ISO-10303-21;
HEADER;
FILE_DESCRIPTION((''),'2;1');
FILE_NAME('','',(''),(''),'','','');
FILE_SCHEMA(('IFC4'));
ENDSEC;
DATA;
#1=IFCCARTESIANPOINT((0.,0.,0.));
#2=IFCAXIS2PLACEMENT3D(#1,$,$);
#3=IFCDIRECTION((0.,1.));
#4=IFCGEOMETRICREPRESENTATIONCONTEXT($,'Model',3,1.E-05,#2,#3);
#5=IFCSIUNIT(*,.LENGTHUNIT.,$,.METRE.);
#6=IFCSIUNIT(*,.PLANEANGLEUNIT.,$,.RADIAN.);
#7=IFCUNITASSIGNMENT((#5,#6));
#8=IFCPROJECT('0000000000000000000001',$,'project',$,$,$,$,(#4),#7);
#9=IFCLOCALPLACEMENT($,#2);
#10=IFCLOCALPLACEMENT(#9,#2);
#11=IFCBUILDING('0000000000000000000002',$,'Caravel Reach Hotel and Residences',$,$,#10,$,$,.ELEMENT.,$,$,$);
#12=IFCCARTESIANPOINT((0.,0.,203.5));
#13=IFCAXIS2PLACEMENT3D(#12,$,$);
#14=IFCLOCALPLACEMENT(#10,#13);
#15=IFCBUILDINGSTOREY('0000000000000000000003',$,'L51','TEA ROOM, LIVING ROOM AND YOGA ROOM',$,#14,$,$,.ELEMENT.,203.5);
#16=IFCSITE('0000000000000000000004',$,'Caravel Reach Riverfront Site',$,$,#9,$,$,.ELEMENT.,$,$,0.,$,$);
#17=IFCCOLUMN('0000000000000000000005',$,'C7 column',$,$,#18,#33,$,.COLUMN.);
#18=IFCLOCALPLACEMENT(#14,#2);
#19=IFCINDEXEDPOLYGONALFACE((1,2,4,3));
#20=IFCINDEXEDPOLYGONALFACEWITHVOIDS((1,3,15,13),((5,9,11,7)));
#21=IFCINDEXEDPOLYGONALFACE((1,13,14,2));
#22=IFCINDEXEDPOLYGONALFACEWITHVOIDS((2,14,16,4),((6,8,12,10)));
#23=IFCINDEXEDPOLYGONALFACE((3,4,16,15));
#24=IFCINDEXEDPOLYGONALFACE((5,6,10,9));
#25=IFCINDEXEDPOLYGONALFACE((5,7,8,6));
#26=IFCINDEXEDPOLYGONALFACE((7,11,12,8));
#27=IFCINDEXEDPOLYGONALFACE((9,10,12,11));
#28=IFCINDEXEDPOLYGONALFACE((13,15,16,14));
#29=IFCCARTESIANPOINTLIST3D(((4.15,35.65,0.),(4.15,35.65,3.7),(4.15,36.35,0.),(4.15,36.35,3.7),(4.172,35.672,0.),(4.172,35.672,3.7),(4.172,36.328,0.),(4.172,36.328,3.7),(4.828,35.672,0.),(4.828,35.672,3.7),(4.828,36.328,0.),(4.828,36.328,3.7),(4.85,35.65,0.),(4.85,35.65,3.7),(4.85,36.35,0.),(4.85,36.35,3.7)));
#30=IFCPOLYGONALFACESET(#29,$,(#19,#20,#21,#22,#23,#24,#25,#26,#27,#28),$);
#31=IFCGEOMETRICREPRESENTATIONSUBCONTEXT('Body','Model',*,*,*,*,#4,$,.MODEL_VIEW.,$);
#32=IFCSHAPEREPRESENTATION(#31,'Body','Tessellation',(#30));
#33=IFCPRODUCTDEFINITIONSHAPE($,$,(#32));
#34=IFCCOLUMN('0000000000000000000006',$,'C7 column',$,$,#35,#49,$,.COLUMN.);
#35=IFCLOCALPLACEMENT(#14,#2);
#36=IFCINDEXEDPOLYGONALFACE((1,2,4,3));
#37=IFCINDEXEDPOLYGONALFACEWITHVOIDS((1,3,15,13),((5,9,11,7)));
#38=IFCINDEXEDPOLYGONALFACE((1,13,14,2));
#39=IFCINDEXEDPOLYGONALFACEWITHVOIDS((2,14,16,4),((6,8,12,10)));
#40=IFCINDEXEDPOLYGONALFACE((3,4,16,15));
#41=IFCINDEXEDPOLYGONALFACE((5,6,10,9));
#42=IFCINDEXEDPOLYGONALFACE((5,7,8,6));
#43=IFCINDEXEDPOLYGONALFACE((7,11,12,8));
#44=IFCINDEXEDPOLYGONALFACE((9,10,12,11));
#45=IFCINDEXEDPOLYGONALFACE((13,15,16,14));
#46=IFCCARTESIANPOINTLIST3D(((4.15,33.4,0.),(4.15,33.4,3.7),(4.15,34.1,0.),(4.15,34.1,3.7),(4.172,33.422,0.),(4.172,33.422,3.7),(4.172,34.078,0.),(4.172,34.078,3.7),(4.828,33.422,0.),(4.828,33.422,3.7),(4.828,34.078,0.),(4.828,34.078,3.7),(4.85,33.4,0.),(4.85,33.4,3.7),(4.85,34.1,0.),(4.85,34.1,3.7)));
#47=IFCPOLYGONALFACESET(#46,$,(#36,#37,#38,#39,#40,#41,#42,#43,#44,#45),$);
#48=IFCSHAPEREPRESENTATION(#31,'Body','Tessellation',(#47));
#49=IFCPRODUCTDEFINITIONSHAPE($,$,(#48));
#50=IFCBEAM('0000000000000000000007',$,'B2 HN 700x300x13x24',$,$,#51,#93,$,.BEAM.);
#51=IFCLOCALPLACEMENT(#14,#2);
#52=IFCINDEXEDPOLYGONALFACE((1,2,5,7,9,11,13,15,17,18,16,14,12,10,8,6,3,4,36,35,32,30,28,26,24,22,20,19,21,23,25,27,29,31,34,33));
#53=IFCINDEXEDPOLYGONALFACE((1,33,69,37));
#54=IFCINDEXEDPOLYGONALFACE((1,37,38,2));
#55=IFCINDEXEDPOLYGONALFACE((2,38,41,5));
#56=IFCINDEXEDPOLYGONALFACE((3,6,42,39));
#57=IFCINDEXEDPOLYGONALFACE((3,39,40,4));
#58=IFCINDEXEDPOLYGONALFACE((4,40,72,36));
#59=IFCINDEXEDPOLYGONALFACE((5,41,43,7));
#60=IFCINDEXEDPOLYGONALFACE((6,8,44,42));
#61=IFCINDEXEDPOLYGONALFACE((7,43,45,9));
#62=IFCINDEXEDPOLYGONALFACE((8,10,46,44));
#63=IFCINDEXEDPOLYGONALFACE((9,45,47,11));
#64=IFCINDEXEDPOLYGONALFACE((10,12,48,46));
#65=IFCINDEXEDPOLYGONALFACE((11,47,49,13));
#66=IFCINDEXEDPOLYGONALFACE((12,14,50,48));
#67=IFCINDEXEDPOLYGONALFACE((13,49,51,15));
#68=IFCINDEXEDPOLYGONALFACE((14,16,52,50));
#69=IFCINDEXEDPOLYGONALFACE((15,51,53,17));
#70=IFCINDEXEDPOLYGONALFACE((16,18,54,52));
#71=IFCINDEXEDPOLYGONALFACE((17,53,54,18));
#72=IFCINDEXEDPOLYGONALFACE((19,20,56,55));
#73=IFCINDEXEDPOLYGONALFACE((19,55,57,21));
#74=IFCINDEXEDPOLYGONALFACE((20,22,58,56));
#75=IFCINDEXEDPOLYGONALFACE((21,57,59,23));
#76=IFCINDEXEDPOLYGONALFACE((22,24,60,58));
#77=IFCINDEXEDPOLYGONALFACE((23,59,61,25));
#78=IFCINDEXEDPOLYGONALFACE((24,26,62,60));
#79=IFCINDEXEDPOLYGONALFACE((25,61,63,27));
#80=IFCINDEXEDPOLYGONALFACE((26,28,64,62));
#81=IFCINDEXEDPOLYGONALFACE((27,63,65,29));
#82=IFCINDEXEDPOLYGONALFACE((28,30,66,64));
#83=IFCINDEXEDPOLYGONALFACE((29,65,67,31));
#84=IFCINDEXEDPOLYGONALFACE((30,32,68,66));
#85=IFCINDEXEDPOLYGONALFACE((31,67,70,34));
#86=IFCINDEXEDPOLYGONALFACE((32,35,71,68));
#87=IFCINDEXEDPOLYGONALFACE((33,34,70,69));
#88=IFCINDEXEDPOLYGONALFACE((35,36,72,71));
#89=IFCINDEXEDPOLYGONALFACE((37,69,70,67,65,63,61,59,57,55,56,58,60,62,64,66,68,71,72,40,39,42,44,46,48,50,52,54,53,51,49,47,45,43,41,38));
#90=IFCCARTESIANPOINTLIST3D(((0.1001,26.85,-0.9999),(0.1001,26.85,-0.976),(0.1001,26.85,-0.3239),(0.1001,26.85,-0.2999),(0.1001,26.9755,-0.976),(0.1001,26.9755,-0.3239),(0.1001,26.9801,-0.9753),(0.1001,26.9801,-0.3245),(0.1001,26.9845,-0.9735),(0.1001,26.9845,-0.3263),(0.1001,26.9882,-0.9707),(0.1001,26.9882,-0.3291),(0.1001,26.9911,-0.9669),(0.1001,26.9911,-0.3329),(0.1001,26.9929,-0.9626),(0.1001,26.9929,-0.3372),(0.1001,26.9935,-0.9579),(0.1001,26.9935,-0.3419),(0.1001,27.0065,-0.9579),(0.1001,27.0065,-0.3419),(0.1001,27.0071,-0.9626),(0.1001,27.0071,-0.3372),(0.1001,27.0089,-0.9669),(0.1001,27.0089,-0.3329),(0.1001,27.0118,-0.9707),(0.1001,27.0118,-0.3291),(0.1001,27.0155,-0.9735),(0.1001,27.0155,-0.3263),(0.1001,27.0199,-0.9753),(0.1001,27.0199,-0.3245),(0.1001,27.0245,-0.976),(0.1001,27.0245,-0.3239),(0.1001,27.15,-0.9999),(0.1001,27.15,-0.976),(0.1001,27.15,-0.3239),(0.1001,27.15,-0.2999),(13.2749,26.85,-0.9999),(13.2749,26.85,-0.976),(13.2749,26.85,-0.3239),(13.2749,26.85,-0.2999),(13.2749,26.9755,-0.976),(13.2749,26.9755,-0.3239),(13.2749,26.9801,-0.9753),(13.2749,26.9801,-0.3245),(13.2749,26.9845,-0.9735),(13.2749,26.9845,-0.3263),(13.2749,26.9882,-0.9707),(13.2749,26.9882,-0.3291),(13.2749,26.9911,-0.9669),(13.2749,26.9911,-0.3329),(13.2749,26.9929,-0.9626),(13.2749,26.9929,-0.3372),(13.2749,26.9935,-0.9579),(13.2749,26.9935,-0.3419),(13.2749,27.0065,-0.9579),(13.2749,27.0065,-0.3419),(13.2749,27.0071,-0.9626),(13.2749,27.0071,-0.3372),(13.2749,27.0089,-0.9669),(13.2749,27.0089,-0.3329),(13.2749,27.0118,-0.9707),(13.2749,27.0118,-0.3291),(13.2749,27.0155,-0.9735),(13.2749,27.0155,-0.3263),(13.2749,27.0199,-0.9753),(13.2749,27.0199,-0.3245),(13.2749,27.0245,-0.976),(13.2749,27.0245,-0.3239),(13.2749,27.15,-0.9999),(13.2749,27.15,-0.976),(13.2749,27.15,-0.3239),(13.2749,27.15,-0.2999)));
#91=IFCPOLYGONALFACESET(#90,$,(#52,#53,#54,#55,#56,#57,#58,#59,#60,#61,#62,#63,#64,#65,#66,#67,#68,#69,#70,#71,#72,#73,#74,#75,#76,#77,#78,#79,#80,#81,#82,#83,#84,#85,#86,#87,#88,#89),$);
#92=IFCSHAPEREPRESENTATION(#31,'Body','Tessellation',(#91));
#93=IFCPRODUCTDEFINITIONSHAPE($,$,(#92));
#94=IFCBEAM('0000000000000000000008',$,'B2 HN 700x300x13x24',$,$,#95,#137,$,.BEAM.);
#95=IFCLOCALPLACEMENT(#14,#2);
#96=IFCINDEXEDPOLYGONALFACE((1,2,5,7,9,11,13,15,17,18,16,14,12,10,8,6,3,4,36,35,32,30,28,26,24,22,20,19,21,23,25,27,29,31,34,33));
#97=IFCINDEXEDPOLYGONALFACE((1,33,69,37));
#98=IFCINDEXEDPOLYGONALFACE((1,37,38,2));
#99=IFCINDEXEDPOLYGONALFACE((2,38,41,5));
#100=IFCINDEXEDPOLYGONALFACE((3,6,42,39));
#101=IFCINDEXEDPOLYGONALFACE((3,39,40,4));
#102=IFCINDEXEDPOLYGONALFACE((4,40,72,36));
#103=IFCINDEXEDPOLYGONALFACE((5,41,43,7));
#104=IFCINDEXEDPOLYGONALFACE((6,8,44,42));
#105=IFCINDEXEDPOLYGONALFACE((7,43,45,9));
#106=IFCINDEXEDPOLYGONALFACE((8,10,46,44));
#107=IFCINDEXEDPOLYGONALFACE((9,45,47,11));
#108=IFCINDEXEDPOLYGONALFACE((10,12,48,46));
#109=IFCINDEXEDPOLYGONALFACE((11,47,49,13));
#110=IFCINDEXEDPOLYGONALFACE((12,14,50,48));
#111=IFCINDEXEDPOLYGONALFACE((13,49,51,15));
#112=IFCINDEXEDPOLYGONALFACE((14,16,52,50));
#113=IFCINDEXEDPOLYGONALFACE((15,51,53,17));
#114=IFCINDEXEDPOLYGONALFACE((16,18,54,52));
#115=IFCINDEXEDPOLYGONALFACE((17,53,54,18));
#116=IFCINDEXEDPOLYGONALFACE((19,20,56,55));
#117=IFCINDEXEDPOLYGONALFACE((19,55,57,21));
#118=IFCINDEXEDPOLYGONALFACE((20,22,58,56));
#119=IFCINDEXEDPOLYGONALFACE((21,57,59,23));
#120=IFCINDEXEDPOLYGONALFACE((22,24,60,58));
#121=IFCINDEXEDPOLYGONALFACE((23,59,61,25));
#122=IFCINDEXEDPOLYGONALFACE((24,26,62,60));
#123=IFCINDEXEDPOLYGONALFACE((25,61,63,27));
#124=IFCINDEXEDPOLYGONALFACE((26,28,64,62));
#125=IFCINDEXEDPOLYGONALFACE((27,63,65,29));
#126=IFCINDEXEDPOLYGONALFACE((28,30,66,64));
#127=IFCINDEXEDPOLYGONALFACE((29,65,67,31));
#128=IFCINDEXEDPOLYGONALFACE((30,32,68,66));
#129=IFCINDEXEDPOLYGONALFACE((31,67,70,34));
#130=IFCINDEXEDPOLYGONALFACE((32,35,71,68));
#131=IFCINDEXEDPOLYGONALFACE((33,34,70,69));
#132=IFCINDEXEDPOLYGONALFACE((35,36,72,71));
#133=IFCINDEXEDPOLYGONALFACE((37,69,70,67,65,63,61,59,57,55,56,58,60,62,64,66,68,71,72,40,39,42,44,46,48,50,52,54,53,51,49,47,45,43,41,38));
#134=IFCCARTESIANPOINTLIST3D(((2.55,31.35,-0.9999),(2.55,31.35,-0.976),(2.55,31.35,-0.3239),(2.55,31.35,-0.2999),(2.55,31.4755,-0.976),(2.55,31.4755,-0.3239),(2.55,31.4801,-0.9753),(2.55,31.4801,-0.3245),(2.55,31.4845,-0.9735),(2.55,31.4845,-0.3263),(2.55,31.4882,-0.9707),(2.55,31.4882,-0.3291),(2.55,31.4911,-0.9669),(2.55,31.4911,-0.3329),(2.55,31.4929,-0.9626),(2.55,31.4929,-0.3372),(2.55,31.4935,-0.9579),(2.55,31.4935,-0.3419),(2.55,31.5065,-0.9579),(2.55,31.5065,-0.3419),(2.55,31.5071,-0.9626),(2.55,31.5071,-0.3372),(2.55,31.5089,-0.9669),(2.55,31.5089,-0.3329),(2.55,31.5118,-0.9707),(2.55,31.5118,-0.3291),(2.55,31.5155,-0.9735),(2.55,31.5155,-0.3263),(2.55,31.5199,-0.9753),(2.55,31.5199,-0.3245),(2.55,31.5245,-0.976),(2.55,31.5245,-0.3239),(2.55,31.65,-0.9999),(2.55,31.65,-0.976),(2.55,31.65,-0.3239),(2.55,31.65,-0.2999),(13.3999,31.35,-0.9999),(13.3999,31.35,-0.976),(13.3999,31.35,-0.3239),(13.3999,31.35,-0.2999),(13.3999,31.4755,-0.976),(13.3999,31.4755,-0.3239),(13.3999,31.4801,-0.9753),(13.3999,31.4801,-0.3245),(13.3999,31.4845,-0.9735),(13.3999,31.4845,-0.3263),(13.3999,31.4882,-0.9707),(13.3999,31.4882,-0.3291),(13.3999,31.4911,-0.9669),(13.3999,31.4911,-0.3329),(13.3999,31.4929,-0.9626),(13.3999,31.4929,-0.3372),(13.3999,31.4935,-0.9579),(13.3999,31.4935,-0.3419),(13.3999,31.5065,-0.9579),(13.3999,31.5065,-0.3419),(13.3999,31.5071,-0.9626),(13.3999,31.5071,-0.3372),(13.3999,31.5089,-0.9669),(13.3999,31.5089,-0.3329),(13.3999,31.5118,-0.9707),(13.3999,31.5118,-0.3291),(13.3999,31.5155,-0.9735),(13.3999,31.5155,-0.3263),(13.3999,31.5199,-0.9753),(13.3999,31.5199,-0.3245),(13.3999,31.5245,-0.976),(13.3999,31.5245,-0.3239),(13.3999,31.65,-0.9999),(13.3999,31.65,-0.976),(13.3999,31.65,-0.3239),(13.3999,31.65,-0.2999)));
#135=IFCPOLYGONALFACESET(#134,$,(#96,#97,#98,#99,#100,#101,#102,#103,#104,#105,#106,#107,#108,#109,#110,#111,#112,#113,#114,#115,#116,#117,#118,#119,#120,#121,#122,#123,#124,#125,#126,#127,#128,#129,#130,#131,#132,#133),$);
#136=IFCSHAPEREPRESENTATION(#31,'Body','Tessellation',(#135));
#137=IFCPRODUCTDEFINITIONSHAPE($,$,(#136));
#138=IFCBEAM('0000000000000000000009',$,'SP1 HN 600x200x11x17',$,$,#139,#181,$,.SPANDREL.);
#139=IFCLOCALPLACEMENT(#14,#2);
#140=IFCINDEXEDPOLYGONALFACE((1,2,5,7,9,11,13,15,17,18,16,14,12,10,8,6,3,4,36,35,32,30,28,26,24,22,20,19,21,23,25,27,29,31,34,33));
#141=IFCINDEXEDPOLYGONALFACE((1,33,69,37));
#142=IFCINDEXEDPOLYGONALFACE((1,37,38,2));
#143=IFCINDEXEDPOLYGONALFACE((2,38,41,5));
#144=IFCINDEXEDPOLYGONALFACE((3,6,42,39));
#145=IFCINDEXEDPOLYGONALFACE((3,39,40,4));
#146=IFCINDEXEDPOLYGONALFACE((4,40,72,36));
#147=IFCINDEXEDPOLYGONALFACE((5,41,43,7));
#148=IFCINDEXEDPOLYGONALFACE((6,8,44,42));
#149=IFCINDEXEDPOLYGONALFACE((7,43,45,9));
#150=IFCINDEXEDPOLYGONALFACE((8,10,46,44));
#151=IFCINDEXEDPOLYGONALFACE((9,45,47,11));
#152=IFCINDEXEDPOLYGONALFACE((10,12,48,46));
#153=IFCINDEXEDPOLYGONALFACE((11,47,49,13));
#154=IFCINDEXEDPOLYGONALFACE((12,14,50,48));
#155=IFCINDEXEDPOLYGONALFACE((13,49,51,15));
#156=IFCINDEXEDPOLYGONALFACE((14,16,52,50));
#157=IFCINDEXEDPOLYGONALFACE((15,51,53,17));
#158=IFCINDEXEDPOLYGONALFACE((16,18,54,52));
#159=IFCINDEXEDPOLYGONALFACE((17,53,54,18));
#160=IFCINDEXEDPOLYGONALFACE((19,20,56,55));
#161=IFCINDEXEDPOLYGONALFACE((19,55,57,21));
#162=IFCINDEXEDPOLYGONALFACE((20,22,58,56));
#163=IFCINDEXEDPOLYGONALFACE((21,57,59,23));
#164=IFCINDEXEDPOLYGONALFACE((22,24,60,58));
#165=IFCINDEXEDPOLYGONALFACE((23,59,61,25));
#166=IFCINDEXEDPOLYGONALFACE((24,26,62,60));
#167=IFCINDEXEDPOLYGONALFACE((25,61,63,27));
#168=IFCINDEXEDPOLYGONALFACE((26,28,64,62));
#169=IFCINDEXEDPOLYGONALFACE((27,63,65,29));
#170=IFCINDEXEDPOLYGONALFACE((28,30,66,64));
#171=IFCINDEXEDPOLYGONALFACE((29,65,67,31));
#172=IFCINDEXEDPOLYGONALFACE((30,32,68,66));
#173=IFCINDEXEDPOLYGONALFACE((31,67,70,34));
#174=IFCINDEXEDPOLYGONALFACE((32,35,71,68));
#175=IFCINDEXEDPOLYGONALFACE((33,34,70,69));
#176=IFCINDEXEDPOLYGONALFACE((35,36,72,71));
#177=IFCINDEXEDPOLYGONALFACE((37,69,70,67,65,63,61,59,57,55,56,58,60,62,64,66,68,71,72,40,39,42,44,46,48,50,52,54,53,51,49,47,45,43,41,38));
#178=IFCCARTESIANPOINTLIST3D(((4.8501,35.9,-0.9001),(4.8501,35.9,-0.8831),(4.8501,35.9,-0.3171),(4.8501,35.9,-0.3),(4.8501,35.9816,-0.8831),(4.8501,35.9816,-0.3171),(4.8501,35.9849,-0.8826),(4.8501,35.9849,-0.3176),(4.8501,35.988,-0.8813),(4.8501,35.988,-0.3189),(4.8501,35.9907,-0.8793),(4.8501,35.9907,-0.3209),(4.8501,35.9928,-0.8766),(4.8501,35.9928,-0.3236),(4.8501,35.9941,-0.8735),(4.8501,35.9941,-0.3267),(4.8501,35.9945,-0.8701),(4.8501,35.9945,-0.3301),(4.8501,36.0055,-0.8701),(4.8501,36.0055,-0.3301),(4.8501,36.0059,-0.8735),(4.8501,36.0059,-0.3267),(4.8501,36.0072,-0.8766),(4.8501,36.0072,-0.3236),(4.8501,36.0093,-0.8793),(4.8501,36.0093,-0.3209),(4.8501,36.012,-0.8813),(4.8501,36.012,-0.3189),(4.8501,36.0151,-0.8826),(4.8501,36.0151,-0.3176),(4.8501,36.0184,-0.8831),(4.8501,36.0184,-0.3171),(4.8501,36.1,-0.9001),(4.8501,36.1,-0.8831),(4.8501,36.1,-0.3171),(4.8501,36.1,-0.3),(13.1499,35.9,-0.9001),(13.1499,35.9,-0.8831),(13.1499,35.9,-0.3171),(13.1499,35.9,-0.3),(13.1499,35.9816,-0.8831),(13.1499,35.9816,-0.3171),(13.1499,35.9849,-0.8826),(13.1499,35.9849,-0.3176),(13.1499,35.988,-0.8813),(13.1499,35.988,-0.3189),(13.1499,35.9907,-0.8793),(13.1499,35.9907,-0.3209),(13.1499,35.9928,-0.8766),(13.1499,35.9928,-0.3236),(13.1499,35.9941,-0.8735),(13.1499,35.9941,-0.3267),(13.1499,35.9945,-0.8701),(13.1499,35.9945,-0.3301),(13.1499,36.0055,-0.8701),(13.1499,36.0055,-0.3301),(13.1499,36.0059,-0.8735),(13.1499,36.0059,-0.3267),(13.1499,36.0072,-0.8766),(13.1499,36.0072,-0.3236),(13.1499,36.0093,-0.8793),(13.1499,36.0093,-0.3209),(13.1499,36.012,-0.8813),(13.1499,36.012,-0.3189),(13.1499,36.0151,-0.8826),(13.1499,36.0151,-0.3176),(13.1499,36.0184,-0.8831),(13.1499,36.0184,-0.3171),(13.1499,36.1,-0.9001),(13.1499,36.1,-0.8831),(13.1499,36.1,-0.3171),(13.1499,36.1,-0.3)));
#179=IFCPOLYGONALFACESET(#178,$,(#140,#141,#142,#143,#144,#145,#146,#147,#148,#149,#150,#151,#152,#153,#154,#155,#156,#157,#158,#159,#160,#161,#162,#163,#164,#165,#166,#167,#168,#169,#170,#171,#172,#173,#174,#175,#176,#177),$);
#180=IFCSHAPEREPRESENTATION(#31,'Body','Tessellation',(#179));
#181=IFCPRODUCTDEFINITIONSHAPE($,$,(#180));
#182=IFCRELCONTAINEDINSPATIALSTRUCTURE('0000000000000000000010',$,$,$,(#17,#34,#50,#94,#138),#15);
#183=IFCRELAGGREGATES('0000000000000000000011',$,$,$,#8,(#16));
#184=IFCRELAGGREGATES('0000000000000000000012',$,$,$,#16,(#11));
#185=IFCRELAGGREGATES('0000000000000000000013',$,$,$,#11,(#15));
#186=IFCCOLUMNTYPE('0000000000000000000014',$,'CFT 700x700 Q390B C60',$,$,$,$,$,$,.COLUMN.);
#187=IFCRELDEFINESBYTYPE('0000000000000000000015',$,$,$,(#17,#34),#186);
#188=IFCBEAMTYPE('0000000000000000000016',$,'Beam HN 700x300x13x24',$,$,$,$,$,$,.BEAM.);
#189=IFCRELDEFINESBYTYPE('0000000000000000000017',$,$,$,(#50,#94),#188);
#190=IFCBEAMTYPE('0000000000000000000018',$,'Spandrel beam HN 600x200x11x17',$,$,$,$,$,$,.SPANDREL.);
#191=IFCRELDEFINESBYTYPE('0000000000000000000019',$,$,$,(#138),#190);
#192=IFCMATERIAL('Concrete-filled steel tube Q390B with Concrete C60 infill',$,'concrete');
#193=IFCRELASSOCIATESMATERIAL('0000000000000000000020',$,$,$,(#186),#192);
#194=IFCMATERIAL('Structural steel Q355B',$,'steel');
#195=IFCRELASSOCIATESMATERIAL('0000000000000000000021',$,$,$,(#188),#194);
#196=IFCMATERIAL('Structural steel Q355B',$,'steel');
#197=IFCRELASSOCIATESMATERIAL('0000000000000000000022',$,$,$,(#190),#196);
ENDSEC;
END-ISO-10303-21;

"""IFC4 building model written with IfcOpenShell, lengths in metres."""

from ifc_helpers import new_model, si_unit, direction, frame, origin, origin_2d, place, context, subcontext, project, spatial, hollow_rectangle, i_section, extrude, material, material_profile, profile_set, type_object, element, save


model = new_model("IFC4")

# Units and contexts
model_context = context("Model", 3, precision=1e-05, world=origin(), true_north=direction((0.0, 1.0)))
body_context = subcontext(model_context, "Body", "Model", "MODEL_VIEW")
ifc_project = project(units=[si_unit("LENGTHUNIT", "METRE"), si_unit("PLANEANGLEUNIT", "RADIAN")], contexts=[model_context])

# Site, building, storey
site_placement = place(None, origin())
site = spatial("IfcSite", under=ifc_project, at=site_placement, Name="Caravel Reach Riverfront Site", CompositionType="ELEMENT", RefElevation=0.0)
building_placement = place(site_placement, origin())
building = spatial("IfcBuilding", under=site, at=building_placement, Name="Caravel Reach Hotel and Residences", CompositionType="ELEMENT")
storey_placement = place(building_placement, frame((0.0, 0.0, 203.5)))
storey = spatial("IfcBuildingStorey", under=building, at=storey_placement, Name="L51", Description="TEA ROOM, LIVING ROOM AND YOGA ROOM", CompositionType="ELEMENT", Elevation=203.5)

# Columns
ifc_material_1 = material(Name="Concrete-filled steel tube Q390B with Concrete C60 infill", Category="concrete")
ifc_material_profile_1 = material_profile(ifc_material_1, hollow_rectangle(XDim=0.7, YDim=0.7, WallThickness=0.022, at=origin_2d()), Name="RHS 700x700x22")
ifc_profile_set_1 = profile_set([ifc_material_profile_1], Name="Concrete-filled steel tube Q390B with Concrete C60 infill")
column_type = type_object("IfcColumnType", Name="CFT 700x700 Q390B C60", PredefinedType="COLUMN", material=ifc_profile_set_1)
for number, where, z_axis, x_axis, name in (
    (1, (4.5, 36.0, 0.0), (0.0, 0.0, 1.0), (1.0, 0.0, 0.0), "C7 column"),
    (2, (4.5, 33.75, 0.0), (0.0, 0.0, 1.0), (1.0, 0.0, 0.0), "C7 column"),
):
    element("IfcColumn", number, at=place(storey_placement, frame(where, z_axis=z_axis, x_axis=x_axis)), inside=storey, type_object=column_type, Name=name, PredefinedType="COLUMN", context=body_context, shape_type="SweptSolid", body=[
        extrude(hollow_rectangle(XDim=0.7, YDim=0.7, WallThickness=0.022, at=origin_2d()), origin(), (0.0, 0.0, 1.0), 3.7),
    ])

# Beams
ifc_material_2 = material(Name="Structural steel Q355B", Category="steel")
ifc_material_profile_2 = material_profile(ifc_material_2, i_section(OverallWidth=0.3, OverallDepth=0.7, WebThickness=0.0129, FlangeThickness=0.0239, FilletRadius=0.0181, at=origin_2d()), Name="HN 700x300x13x24")
ifc_profile_set_2 = profile_set([ifc_material_profile_2], Name="Structural steel Q355B")
beam_type_1 = type_object("IfcBeamType", Name="Beam HN 700x300x13x24", PredefinedType="BEAM", material=ifc_profile_set_2)
beam_1_placement = place(storey_placement, frame((13.2749, 27.0, -0.6499), z_axis=(-1.0, 0.0, 0.0), x_axis=(0.0, -1.0, 0.0)))
element("IfcBeam", 3, at=beam_1_placement, inside=storey, type_object=beam_type_1, Name="B2 HN 700x300x13x24", PredefinedType="BEAM", context=body_context, shape_type="SweptSolid", body=[
    extrude(i_section(OverallWidth=0.3, OverallDepth=0.7, WebThickness=0.0129, FlangeThickness=0.0239, FilletRadius=0.0181, at=origin_2d()), origin(), (0.0, 0.0, 1.0), 13.1748),
])
beam_2_placement = place(storey_placement, frame((13.3999, 31.5, -0.6499), z_axis=(-1.0, 0.0, 0.0), x_axis=(0.0, -1.0, 0.0)))
element("IfcBeam", 4, at=beam_2_placement, inside=storey, type_object=beam_type_1, Name="B2 HN 700x300x13x24", PredefinedType="BEAM", context=body_context, shape_type="SweptSolid", body=[
    extrude(i_section(OverallWidth=0.3, OverallDepth=0.7, WebThickness=0.0129, FlangeThickness=0.0239, FilletRadius=0.0181, at=origin_2d()), origin(), (0.0, 0.0, 1.0), 10.8499),
])
ifc_material_3 = material(Name="Structural steel Q355B", Category="steel")
ifc_material_profile_3 = material_profile(ifc_material_3, i_section(OverallWidth=0.2, OverallDepth=0.6001, WebThickness=0.011, FlangeThickness=0.0171, FilletRadius=0.0129, at=origin_2d()), Name="HN 600x200x11x17")
ifc_profile_set_3 = profile_set([ifc_material_profile_3], Name="Structural steel Q355B")
beam_type_2 = type_object("IfcBeamType", Name="Spandrel beam HN 600x200x11x17", PredefinedType="SPANDREL", material=ifc_profile_set_3)
beam_3_placement = place(storey_placement, frame((13.1499, 36.0, -0.6001), z_axis=(-1.0, 0.0, 0.0), x_axis=(0.0, -1.0, 0.0)))
element("IfcBeam", 5, at=beam_3_placement, inside=storey, type_object=beam_type_2, Name="SP1 HN 600x200x11x17", PredefinedType="SPANDREL", context=body_context, shape_type="SweptSolid", body=[
    extrude(i_section(OverallWidth=0.2, OverallDepth=0.6001, WebThickness=0.011, FlangeThickness=0.0171, FilletRadius=0.0129, at=origin_2d()), origin(), (0.0, 0.0, 1.0), 8.2998),
])

save(model, "model.ifc")
